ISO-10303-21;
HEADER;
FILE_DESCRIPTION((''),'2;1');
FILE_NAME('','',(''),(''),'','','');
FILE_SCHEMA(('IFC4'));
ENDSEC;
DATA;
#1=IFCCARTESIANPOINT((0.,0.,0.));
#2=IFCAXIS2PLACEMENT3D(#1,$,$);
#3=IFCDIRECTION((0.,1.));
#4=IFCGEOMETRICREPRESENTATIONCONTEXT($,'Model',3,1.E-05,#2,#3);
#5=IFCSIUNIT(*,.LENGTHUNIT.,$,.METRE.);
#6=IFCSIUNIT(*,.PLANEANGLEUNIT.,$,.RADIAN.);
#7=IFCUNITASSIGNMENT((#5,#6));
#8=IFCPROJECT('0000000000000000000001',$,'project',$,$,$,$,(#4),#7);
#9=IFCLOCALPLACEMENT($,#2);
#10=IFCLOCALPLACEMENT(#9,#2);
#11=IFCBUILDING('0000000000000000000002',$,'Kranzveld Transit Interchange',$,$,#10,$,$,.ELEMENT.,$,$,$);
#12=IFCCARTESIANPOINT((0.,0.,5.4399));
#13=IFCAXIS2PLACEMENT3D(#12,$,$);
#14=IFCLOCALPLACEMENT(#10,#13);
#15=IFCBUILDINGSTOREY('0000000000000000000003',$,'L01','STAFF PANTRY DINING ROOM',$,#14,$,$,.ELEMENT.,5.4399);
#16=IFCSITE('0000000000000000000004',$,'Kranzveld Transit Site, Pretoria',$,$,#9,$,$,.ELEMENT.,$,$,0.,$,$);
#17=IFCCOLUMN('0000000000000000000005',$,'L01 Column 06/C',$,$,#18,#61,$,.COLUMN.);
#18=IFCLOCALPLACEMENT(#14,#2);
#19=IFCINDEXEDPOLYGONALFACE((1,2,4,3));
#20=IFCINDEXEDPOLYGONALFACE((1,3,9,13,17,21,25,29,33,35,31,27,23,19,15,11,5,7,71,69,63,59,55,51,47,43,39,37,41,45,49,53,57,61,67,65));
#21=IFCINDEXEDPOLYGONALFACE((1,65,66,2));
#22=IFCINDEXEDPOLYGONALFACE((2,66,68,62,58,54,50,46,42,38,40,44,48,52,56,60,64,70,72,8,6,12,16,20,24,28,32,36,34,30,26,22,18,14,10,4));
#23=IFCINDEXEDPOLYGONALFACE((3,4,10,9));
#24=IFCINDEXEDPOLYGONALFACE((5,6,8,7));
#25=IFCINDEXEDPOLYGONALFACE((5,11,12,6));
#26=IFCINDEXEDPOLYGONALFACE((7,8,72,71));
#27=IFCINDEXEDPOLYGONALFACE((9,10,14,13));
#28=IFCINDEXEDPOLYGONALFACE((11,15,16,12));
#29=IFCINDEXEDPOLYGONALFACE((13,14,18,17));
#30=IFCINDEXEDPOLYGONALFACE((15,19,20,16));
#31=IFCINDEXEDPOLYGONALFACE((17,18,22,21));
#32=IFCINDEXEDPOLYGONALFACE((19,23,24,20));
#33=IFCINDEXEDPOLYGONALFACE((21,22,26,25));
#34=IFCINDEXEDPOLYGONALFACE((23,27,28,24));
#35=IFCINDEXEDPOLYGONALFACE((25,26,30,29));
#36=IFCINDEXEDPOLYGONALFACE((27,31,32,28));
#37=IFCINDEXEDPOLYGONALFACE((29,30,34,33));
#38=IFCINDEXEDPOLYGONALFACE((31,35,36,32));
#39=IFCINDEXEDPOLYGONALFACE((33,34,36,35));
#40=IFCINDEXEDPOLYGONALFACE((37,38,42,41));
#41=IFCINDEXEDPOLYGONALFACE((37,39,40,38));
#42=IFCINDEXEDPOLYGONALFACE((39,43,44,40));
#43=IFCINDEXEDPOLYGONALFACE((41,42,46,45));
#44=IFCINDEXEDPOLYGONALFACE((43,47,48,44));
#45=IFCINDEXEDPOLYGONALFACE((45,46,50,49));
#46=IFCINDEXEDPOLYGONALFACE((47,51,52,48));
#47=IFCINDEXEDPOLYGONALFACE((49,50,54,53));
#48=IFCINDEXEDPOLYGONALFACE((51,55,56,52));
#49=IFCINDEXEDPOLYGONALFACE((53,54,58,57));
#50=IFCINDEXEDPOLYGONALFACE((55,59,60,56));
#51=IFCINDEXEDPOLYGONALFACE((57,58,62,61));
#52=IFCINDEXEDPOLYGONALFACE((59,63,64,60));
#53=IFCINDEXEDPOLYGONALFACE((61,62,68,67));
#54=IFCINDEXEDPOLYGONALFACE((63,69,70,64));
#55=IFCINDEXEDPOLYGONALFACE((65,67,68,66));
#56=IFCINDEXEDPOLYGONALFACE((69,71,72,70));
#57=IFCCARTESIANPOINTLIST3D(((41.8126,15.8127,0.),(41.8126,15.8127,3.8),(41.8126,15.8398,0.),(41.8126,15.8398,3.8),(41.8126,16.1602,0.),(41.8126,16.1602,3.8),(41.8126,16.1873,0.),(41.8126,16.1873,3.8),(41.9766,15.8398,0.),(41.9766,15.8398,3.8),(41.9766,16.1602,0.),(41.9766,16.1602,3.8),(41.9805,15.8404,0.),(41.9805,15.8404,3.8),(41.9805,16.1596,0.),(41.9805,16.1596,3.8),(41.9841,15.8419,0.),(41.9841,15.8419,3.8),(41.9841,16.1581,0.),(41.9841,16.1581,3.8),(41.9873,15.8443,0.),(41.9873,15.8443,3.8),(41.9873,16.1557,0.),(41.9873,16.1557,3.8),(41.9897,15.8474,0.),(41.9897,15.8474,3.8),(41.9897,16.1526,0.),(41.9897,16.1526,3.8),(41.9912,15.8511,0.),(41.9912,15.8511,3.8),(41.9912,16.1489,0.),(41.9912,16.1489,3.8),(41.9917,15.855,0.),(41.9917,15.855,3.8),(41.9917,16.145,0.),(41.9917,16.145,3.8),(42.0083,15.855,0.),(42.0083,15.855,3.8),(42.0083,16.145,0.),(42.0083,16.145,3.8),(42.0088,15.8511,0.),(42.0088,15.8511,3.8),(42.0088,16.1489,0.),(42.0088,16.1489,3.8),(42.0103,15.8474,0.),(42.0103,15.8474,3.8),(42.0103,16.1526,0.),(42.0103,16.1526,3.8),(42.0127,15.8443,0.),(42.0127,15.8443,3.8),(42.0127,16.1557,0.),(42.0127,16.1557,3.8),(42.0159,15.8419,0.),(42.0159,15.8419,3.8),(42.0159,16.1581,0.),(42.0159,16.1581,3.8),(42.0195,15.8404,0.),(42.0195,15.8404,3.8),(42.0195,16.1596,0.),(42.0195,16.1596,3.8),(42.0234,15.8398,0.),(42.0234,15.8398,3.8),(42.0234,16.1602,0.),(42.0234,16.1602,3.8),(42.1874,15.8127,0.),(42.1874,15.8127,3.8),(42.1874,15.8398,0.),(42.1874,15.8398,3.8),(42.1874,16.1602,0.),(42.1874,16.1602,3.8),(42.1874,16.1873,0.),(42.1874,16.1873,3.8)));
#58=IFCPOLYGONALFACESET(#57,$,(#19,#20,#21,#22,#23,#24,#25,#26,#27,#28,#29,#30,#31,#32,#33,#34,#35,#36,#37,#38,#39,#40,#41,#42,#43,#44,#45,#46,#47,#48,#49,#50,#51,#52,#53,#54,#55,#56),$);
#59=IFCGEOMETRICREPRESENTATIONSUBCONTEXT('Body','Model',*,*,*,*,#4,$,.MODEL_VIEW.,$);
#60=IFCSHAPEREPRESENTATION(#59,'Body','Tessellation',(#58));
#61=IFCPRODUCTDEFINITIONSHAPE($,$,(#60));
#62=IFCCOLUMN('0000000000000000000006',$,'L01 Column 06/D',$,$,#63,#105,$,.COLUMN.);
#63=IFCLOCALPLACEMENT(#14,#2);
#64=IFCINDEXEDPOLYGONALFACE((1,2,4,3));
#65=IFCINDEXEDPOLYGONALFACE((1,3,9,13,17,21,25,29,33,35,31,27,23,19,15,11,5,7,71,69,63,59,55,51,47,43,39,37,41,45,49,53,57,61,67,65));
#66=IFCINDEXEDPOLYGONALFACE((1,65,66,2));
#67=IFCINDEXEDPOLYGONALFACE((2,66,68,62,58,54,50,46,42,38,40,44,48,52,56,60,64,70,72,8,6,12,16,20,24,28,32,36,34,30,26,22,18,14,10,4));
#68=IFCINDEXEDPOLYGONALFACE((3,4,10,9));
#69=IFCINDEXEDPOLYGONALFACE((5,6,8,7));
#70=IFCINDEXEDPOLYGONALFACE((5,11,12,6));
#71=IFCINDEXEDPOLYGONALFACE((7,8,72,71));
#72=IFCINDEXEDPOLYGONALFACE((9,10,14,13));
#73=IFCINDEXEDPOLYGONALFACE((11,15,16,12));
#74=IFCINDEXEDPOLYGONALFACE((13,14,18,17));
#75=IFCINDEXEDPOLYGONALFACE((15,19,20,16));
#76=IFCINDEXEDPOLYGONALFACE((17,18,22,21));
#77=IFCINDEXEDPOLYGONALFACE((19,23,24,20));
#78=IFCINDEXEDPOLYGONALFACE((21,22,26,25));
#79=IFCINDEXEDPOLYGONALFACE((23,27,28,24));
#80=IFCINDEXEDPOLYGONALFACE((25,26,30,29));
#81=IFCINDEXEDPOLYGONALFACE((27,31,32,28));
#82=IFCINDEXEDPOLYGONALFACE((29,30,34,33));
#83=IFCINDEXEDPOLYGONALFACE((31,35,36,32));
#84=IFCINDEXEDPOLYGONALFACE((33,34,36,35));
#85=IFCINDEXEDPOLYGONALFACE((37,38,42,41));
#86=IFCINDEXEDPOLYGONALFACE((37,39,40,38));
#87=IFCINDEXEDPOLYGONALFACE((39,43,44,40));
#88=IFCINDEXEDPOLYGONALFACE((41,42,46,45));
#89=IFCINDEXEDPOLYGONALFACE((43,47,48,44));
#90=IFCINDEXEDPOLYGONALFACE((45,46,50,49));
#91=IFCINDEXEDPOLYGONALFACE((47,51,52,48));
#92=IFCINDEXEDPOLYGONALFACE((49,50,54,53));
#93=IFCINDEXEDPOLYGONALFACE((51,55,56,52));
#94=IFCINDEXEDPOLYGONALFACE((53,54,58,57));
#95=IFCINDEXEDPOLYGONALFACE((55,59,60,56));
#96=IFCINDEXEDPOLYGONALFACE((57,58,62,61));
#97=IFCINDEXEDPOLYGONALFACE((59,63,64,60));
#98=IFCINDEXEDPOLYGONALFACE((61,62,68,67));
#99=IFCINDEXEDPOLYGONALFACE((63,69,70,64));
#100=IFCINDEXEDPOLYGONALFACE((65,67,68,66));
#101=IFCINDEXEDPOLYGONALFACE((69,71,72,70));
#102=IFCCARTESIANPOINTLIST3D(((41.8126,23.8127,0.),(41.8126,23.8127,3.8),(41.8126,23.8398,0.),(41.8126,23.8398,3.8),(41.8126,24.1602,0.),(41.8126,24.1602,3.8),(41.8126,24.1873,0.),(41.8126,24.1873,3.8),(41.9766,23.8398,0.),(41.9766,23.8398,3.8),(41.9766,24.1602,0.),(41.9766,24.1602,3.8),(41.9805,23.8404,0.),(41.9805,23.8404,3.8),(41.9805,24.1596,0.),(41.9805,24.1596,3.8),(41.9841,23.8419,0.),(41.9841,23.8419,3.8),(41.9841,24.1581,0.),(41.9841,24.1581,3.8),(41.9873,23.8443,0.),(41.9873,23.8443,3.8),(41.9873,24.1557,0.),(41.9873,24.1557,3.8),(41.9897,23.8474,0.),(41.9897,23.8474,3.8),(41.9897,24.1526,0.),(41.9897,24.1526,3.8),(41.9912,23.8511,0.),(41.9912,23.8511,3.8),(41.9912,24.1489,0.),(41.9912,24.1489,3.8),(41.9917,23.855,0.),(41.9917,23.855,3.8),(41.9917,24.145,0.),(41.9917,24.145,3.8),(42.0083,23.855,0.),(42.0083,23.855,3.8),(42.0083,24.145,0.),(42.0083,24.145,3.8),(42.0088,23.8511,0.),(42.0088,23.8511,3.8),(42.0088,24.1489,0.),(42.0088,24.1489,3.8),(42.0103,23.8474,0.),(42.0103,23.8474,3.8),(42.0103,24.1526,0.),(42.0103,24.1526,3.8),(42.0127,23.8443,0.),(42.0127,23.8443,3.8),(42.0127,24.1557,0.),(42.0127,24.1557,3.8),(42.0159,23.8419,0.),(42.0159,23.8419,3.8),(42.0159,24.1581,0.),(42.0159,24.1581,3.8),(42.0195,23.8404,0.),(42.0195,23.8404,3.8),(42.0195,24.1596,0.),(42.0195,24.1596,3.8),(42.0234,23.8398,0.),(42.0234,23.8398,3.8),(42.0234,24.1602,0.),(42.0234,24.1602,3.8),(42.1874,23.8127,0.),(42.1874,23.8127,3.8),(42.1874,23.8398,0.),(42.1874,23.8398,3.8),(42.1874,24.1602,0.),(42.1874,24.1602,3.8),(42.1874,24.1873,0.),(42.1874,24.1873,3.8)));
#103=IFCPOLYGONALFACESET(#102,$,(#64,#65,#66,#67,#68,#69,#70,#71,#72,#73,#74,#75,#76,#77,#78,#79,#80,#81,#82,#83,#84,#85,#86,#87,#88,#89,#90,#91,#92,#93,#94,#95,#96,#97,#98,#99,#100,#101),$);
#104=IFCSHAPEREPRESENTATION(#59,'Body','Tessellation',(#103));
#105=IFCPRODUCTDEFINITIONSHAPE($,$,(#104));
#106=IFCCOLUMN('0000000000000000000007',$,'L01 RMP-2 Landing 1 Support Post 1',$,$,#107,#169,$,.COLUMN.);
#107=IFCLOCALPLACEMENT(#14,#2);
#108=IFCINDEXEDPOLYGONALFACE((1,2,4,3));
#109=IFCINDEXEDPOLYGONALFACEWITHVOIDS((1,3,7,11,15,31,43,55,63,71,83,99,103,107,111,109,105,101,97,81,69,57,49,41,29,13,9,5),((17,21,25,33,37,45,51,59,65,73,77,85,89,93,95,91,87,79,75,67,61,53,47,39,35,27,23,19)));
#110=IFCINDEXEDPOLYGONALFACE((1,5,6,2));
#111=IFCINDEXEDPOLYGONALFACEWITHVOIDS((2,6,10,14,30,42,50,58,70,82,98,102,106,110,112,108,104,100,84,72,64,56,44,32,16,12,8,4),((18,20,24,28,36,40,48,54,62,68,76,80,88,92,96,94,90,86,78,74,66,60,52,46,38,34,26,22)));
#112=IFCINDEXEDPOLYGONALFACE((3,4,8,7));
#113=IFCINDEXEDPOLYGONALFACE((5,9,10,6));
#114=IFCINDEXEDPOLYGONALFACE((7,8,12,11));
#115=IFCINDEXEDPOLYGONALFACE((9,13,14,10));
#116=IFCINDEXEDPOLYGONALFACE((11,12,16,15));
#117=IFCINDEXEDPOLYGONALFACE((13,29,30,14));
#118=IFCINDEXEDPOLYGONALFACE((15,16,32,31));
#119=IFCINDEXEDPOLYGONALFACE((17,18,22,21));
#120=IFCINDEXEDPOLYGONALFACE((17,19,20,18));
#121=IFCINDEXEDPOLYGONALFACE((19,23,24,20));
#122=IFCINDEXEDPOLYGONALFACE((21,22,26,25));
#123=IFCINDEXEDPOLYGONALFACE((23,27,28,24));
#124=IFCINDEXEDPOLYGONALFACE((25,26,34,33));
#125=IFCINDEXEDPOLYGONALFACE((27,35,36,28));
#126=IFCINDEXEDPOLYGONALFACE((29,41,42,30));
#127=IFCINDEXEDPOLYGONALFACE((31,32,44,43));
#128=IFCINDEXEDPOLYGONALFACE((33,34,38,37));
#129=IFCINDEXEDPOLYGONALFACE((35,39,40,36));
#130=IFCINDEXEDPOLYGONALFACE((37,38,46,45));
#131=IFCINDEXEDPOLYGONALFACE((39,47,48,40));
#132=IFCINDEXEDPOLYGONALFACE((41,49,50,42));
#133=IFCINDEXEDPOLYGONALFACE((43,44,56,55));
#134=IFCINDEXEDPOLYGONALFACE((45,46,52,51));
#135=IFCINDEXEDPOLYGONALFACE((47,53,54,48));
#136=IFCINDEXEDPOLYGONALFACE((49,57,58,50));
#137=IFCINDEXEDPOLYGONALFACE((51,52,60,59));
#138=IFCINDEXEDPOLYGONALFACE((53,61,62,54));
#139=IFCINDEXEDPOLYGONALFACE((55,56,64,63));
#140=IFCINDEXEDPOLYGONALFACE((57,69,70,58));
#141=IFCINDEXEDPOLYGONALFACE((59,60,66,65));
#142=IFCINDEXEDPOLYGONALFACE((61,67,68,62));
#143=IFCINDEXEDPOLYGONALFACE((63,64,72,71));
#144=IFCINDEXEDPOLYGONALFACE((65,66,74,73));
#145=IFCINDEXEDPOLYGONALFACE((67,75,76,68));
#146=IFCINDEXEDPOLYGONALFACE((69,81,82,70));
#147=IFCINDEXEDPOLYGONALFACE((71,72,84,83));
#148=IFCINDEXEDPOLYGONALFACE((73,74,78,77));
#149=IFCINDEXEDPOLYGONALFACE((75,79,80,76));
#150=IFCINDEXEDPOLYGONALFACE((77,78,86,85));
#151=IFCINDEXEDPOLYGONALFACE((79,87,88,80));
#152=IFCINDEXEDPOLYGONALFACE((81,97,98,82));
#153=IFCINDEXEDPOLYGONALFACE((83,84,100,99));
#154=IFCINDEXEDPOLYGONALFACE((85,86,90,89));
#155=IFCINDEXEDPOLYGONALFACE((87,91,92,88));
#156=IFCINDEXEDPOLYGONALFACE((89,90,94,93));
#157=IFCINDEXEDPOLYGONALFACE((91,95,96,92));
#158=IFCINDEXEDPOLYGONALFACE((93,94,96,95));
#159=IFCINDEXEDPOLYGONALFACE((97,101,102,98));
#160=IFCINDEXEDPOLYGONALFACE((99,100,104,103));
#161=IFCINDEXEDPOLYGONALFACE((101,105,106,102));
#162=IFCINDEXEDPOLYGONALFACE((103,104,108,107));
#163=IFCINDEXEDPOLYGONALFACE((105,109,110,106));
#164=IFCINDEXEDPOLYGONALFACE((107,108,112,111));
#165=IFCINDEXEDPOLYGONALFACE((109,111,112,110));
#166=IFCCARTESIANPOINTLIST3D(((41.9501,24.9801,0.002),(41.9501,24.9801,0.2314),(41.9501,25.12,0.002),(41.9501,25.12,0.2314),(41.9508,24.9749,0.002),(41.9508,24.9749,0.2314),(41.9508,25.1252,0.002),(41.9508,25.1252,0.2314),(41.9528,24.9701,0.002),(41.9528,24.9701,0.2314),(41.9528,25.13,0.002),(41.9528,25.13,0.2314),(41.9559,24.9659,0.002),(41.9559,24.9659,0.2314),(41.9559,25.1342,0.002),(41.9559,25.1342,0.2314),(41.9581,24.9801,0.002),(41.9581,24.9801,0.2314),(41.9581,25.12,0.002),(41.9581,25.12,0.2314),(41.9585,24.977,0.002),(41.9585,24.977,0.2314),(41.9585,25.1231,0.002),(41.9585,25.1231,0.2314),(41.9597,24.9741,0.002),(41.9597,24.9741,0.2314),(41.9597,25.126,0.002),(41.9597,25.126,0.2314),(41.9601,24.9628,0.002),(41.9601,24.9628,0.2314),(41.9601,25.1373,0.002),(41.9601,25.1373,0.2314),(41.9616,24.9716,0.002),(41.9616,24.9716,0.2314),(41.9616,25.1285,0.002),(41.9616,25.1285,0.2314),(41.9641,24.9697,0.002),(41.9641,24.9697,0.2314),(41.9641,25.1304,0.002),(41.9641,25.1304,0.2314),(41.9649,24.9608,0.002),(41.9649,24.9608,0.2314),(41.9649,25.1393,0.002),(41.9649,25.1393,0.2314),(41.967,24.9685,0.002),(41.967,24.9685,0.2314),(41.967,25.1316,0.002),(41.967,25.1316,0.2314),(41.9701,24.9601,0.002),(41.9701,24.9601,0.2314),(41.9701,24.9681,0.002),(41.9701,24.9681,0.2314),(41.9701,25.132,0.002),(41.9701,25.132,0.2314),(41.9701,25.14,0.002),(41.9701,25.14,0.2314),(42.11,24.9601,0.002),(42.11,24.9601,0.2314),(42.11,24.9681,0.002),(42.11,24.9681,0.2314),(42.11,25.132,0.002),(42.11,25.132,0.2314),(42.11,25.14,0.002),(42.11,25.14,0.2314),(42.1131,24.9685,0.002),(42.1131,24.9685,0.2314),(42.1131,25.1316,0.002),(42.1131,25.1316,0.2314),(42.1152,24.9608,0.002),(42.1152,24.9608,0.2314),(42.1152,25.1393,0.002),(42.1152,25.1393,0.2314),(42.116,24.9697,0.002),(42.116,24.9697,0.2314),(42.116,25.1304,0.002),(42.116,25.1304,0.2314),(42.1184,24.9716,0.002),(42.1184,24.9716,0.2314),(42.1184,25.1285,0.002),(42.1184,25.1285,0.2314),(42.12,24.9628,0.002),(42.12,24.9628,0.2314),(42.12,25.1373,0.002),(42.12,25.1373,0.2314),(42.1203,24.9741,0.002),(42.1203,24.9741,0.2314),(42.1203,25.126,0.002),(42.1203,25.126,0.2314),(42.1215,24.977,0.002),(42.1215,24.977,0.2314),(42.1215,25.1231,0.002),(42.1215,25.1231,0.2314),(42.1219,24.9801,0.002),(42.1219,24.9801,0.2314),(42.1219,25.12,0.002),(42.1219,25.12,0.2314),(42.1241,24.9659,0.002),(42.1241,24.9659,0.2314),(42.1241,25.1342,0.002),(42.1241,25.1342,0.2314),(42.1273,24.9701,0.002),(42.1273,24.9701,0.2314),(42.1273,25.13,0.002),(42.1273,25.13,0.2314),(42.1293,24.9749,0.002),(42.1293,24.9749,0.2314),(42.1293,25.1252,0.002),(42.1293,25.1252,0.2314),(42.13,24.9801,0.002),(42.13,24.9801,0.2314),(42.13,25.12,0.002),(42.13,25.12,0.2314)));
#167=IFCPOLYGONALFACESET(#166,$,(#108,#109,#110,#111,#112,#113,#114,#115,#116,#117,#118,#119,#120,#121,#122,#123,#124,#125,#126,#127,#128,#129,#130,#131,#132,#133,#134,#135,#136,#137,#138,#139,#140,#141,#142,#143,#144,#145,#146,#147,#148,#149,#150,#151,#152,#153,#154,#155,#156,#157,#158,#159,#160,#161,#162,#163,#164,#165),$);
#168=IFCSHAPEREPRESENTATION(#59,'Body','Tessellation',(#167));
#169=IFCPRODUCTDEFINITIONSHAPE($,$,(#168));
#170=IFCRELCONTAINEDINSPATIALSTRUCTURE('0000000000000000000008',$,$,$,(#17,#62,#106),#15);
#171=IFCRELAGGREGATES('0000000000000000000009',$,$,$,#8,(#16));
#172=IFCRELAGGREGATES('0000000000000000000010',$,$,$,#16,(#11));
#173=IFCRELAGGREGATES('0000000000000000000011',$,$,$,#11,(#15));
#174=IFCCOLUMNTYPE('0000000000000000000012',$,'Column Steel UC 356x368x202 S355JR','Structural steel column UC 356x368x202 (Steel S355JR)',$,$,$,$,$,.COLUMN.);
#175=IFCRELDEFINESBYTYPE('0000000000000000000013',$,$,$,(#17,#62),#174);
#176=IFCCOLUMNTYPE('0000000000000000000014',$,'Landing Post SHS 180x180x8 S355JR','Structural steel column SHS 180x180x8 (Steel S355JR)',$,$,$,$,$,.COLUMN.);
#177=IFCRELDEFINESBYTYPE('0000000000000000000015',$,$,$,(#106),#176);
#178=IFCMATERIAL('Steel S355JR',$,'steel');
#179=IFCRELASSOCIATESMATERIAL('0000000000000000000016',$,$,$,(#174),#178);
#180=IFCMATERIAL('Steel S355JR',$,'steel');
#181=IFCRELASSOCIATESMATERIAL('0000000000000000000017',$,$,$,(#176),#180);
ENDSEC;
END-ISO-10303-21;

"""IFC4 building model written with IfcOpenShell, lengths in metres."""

from ifc_helpers import new_model, si_unit, direction, frame, origin, origin_2d, place, context, subcontext, project, spatial, hollow_rectangle, i_section, extrude, material, material_profile, profile_set, type_object, element, save


model = new_model("IFC4")

# Units and contexts
model_context = context("Model", 3, precision=1e-05, world=origin(), true_north=direction((0.0, 1.0)))
body_context = subcontext(model_context, "Body", "Model", "MODEL_VIEW")
ifc_project = project(units=[si_unit("LENGTHUNIT", "METRE"), si_unit("PLANEANGLEUNIT", "RADIAN")], contexts=[model_context])

# Site, building, storey
site_placement = place(None, origin())
site = spatial("IfcSite", under=ifc_project, at=site_placement, Name="Kranzveld Transit Site, Pretoria", CompositionType="ELEMENT", RefElevation=0.0)
building_placement = place(site_placement, origin())
building = spatial("IfcBuilding", under=site, at=building_placement, Name="Kranzveld Transit Interchange", CompositionType="ELEMENT")
storey_placement = place(building_placement, frame((0.0, 0.0, 5.4399)))
storey = spatial("IfcBuildingStorey", under=building, at=storey_placement, Name="L01", Description="STAFF PANTRY DINING ROOM", CompositionType="ELEMENT", Elevation=5.4399)

# Columns
ifc_material_1 = material(Name="Steel S355JR", Category="steel")
ifc_material_profile_1 = material_profile(ifc_material_1, i_section(OverallWidth=0.3748, OverallDepth=0.3745, WebThickness=0.0166, FlangeThickness=0.0271, FilletRadius=0.0151, at=origin_2d()), Name="UC 356x368x202")
ifc_profile_set_1 = profile_set([ifc_material_profile_1], Name="Steel S355JR")
column_type_1 = type_object("IfcColumnType", Name="Column Steel UC 356x368x202 S355JR", Description="Structural steel column UC 356x368x202 (Steel S355JR)", PredefinedType="COLUMN", material=ifc_profile_set_1)
for number, where, z_axis, x_axis, name in (
    (1, (42.0, 16.0, 0.0), (0.0, 0.0, 1.0), (1.0, 0.0, 0.0), "L01 Column 06/C"),
    (2, (42.0, 24.0, 0.0), (0.0, 0.0, 1.0), (1.0, 0.0, 0.0), "L01 Column 06/D"),
):
    element("IfcColumn", number, at=place(storey_placement, frame(where, z_axis=z_axis, x_axis=x_axis)), inside=storey, type_object=column_type_1, Name=name, PredefinedType="COLUMN", context=body_context, shape_type="SweptSolid", body=[
        extrude(i_section(OverallWidth=0.3748, OverallDepth=0.3745, WebThickness=0.0166, FlangeThickness=0.0271, FilletRadius=0.0151, at=origin_2d()), origin(), (0.0, 0.0, 1.0), 3.8),
    ])
ifc_material_2 = material(Name="Steel S355JR", Category="steel")
ifc_material_profile_2 = material_profile(ifc_material_2, hollow_rectangle(XDim=0.1799, YDim=0.1799, WallThickness=0.0081, InnerFilletRadius=0.012, OuterFilletRadius=0.02, at=origin_2d()), Name="SHS 180x180x8")
ifc_profile_set_2 = profile_set([ifc_material_profile_2], Name="Steel S355JR")
column_type_2 = type_object("IfcColumnType", Name="Landing Post SHS 180x180x8 S355JR", Description="Structural steel column SHS 180x180x8 (Steel S355JR)", PredefinedType="COLUMN", material=ifc_profile_set_2)
column_1_placement = place(storey_placement, frame((42.04, 25.05, 0.002), z_axis=(0.0, 0.0, 1.0), x_axis=(1.0, 0.0, 0.0)))
element("IfcColumn", 3, at=column_1_placement, inside=storey, type_object=column_type_2, Name="L01 RMP-2 Landing 1 Support Post 1", PredefinedType="COLUMN", context=body_context, shape_type="SweptSolid", body=[
    extrude(hollow_rectangle(XDim=0.1799, YDim=0.1799, WallThickness=0.0081, InnerFilletRadius=0.012, OuterFilletRadius=0.02, at=origin_2d()), origin(), (0.0, 0.0, 1.0), 0.2295),
])

save(model, "model.ifc")
